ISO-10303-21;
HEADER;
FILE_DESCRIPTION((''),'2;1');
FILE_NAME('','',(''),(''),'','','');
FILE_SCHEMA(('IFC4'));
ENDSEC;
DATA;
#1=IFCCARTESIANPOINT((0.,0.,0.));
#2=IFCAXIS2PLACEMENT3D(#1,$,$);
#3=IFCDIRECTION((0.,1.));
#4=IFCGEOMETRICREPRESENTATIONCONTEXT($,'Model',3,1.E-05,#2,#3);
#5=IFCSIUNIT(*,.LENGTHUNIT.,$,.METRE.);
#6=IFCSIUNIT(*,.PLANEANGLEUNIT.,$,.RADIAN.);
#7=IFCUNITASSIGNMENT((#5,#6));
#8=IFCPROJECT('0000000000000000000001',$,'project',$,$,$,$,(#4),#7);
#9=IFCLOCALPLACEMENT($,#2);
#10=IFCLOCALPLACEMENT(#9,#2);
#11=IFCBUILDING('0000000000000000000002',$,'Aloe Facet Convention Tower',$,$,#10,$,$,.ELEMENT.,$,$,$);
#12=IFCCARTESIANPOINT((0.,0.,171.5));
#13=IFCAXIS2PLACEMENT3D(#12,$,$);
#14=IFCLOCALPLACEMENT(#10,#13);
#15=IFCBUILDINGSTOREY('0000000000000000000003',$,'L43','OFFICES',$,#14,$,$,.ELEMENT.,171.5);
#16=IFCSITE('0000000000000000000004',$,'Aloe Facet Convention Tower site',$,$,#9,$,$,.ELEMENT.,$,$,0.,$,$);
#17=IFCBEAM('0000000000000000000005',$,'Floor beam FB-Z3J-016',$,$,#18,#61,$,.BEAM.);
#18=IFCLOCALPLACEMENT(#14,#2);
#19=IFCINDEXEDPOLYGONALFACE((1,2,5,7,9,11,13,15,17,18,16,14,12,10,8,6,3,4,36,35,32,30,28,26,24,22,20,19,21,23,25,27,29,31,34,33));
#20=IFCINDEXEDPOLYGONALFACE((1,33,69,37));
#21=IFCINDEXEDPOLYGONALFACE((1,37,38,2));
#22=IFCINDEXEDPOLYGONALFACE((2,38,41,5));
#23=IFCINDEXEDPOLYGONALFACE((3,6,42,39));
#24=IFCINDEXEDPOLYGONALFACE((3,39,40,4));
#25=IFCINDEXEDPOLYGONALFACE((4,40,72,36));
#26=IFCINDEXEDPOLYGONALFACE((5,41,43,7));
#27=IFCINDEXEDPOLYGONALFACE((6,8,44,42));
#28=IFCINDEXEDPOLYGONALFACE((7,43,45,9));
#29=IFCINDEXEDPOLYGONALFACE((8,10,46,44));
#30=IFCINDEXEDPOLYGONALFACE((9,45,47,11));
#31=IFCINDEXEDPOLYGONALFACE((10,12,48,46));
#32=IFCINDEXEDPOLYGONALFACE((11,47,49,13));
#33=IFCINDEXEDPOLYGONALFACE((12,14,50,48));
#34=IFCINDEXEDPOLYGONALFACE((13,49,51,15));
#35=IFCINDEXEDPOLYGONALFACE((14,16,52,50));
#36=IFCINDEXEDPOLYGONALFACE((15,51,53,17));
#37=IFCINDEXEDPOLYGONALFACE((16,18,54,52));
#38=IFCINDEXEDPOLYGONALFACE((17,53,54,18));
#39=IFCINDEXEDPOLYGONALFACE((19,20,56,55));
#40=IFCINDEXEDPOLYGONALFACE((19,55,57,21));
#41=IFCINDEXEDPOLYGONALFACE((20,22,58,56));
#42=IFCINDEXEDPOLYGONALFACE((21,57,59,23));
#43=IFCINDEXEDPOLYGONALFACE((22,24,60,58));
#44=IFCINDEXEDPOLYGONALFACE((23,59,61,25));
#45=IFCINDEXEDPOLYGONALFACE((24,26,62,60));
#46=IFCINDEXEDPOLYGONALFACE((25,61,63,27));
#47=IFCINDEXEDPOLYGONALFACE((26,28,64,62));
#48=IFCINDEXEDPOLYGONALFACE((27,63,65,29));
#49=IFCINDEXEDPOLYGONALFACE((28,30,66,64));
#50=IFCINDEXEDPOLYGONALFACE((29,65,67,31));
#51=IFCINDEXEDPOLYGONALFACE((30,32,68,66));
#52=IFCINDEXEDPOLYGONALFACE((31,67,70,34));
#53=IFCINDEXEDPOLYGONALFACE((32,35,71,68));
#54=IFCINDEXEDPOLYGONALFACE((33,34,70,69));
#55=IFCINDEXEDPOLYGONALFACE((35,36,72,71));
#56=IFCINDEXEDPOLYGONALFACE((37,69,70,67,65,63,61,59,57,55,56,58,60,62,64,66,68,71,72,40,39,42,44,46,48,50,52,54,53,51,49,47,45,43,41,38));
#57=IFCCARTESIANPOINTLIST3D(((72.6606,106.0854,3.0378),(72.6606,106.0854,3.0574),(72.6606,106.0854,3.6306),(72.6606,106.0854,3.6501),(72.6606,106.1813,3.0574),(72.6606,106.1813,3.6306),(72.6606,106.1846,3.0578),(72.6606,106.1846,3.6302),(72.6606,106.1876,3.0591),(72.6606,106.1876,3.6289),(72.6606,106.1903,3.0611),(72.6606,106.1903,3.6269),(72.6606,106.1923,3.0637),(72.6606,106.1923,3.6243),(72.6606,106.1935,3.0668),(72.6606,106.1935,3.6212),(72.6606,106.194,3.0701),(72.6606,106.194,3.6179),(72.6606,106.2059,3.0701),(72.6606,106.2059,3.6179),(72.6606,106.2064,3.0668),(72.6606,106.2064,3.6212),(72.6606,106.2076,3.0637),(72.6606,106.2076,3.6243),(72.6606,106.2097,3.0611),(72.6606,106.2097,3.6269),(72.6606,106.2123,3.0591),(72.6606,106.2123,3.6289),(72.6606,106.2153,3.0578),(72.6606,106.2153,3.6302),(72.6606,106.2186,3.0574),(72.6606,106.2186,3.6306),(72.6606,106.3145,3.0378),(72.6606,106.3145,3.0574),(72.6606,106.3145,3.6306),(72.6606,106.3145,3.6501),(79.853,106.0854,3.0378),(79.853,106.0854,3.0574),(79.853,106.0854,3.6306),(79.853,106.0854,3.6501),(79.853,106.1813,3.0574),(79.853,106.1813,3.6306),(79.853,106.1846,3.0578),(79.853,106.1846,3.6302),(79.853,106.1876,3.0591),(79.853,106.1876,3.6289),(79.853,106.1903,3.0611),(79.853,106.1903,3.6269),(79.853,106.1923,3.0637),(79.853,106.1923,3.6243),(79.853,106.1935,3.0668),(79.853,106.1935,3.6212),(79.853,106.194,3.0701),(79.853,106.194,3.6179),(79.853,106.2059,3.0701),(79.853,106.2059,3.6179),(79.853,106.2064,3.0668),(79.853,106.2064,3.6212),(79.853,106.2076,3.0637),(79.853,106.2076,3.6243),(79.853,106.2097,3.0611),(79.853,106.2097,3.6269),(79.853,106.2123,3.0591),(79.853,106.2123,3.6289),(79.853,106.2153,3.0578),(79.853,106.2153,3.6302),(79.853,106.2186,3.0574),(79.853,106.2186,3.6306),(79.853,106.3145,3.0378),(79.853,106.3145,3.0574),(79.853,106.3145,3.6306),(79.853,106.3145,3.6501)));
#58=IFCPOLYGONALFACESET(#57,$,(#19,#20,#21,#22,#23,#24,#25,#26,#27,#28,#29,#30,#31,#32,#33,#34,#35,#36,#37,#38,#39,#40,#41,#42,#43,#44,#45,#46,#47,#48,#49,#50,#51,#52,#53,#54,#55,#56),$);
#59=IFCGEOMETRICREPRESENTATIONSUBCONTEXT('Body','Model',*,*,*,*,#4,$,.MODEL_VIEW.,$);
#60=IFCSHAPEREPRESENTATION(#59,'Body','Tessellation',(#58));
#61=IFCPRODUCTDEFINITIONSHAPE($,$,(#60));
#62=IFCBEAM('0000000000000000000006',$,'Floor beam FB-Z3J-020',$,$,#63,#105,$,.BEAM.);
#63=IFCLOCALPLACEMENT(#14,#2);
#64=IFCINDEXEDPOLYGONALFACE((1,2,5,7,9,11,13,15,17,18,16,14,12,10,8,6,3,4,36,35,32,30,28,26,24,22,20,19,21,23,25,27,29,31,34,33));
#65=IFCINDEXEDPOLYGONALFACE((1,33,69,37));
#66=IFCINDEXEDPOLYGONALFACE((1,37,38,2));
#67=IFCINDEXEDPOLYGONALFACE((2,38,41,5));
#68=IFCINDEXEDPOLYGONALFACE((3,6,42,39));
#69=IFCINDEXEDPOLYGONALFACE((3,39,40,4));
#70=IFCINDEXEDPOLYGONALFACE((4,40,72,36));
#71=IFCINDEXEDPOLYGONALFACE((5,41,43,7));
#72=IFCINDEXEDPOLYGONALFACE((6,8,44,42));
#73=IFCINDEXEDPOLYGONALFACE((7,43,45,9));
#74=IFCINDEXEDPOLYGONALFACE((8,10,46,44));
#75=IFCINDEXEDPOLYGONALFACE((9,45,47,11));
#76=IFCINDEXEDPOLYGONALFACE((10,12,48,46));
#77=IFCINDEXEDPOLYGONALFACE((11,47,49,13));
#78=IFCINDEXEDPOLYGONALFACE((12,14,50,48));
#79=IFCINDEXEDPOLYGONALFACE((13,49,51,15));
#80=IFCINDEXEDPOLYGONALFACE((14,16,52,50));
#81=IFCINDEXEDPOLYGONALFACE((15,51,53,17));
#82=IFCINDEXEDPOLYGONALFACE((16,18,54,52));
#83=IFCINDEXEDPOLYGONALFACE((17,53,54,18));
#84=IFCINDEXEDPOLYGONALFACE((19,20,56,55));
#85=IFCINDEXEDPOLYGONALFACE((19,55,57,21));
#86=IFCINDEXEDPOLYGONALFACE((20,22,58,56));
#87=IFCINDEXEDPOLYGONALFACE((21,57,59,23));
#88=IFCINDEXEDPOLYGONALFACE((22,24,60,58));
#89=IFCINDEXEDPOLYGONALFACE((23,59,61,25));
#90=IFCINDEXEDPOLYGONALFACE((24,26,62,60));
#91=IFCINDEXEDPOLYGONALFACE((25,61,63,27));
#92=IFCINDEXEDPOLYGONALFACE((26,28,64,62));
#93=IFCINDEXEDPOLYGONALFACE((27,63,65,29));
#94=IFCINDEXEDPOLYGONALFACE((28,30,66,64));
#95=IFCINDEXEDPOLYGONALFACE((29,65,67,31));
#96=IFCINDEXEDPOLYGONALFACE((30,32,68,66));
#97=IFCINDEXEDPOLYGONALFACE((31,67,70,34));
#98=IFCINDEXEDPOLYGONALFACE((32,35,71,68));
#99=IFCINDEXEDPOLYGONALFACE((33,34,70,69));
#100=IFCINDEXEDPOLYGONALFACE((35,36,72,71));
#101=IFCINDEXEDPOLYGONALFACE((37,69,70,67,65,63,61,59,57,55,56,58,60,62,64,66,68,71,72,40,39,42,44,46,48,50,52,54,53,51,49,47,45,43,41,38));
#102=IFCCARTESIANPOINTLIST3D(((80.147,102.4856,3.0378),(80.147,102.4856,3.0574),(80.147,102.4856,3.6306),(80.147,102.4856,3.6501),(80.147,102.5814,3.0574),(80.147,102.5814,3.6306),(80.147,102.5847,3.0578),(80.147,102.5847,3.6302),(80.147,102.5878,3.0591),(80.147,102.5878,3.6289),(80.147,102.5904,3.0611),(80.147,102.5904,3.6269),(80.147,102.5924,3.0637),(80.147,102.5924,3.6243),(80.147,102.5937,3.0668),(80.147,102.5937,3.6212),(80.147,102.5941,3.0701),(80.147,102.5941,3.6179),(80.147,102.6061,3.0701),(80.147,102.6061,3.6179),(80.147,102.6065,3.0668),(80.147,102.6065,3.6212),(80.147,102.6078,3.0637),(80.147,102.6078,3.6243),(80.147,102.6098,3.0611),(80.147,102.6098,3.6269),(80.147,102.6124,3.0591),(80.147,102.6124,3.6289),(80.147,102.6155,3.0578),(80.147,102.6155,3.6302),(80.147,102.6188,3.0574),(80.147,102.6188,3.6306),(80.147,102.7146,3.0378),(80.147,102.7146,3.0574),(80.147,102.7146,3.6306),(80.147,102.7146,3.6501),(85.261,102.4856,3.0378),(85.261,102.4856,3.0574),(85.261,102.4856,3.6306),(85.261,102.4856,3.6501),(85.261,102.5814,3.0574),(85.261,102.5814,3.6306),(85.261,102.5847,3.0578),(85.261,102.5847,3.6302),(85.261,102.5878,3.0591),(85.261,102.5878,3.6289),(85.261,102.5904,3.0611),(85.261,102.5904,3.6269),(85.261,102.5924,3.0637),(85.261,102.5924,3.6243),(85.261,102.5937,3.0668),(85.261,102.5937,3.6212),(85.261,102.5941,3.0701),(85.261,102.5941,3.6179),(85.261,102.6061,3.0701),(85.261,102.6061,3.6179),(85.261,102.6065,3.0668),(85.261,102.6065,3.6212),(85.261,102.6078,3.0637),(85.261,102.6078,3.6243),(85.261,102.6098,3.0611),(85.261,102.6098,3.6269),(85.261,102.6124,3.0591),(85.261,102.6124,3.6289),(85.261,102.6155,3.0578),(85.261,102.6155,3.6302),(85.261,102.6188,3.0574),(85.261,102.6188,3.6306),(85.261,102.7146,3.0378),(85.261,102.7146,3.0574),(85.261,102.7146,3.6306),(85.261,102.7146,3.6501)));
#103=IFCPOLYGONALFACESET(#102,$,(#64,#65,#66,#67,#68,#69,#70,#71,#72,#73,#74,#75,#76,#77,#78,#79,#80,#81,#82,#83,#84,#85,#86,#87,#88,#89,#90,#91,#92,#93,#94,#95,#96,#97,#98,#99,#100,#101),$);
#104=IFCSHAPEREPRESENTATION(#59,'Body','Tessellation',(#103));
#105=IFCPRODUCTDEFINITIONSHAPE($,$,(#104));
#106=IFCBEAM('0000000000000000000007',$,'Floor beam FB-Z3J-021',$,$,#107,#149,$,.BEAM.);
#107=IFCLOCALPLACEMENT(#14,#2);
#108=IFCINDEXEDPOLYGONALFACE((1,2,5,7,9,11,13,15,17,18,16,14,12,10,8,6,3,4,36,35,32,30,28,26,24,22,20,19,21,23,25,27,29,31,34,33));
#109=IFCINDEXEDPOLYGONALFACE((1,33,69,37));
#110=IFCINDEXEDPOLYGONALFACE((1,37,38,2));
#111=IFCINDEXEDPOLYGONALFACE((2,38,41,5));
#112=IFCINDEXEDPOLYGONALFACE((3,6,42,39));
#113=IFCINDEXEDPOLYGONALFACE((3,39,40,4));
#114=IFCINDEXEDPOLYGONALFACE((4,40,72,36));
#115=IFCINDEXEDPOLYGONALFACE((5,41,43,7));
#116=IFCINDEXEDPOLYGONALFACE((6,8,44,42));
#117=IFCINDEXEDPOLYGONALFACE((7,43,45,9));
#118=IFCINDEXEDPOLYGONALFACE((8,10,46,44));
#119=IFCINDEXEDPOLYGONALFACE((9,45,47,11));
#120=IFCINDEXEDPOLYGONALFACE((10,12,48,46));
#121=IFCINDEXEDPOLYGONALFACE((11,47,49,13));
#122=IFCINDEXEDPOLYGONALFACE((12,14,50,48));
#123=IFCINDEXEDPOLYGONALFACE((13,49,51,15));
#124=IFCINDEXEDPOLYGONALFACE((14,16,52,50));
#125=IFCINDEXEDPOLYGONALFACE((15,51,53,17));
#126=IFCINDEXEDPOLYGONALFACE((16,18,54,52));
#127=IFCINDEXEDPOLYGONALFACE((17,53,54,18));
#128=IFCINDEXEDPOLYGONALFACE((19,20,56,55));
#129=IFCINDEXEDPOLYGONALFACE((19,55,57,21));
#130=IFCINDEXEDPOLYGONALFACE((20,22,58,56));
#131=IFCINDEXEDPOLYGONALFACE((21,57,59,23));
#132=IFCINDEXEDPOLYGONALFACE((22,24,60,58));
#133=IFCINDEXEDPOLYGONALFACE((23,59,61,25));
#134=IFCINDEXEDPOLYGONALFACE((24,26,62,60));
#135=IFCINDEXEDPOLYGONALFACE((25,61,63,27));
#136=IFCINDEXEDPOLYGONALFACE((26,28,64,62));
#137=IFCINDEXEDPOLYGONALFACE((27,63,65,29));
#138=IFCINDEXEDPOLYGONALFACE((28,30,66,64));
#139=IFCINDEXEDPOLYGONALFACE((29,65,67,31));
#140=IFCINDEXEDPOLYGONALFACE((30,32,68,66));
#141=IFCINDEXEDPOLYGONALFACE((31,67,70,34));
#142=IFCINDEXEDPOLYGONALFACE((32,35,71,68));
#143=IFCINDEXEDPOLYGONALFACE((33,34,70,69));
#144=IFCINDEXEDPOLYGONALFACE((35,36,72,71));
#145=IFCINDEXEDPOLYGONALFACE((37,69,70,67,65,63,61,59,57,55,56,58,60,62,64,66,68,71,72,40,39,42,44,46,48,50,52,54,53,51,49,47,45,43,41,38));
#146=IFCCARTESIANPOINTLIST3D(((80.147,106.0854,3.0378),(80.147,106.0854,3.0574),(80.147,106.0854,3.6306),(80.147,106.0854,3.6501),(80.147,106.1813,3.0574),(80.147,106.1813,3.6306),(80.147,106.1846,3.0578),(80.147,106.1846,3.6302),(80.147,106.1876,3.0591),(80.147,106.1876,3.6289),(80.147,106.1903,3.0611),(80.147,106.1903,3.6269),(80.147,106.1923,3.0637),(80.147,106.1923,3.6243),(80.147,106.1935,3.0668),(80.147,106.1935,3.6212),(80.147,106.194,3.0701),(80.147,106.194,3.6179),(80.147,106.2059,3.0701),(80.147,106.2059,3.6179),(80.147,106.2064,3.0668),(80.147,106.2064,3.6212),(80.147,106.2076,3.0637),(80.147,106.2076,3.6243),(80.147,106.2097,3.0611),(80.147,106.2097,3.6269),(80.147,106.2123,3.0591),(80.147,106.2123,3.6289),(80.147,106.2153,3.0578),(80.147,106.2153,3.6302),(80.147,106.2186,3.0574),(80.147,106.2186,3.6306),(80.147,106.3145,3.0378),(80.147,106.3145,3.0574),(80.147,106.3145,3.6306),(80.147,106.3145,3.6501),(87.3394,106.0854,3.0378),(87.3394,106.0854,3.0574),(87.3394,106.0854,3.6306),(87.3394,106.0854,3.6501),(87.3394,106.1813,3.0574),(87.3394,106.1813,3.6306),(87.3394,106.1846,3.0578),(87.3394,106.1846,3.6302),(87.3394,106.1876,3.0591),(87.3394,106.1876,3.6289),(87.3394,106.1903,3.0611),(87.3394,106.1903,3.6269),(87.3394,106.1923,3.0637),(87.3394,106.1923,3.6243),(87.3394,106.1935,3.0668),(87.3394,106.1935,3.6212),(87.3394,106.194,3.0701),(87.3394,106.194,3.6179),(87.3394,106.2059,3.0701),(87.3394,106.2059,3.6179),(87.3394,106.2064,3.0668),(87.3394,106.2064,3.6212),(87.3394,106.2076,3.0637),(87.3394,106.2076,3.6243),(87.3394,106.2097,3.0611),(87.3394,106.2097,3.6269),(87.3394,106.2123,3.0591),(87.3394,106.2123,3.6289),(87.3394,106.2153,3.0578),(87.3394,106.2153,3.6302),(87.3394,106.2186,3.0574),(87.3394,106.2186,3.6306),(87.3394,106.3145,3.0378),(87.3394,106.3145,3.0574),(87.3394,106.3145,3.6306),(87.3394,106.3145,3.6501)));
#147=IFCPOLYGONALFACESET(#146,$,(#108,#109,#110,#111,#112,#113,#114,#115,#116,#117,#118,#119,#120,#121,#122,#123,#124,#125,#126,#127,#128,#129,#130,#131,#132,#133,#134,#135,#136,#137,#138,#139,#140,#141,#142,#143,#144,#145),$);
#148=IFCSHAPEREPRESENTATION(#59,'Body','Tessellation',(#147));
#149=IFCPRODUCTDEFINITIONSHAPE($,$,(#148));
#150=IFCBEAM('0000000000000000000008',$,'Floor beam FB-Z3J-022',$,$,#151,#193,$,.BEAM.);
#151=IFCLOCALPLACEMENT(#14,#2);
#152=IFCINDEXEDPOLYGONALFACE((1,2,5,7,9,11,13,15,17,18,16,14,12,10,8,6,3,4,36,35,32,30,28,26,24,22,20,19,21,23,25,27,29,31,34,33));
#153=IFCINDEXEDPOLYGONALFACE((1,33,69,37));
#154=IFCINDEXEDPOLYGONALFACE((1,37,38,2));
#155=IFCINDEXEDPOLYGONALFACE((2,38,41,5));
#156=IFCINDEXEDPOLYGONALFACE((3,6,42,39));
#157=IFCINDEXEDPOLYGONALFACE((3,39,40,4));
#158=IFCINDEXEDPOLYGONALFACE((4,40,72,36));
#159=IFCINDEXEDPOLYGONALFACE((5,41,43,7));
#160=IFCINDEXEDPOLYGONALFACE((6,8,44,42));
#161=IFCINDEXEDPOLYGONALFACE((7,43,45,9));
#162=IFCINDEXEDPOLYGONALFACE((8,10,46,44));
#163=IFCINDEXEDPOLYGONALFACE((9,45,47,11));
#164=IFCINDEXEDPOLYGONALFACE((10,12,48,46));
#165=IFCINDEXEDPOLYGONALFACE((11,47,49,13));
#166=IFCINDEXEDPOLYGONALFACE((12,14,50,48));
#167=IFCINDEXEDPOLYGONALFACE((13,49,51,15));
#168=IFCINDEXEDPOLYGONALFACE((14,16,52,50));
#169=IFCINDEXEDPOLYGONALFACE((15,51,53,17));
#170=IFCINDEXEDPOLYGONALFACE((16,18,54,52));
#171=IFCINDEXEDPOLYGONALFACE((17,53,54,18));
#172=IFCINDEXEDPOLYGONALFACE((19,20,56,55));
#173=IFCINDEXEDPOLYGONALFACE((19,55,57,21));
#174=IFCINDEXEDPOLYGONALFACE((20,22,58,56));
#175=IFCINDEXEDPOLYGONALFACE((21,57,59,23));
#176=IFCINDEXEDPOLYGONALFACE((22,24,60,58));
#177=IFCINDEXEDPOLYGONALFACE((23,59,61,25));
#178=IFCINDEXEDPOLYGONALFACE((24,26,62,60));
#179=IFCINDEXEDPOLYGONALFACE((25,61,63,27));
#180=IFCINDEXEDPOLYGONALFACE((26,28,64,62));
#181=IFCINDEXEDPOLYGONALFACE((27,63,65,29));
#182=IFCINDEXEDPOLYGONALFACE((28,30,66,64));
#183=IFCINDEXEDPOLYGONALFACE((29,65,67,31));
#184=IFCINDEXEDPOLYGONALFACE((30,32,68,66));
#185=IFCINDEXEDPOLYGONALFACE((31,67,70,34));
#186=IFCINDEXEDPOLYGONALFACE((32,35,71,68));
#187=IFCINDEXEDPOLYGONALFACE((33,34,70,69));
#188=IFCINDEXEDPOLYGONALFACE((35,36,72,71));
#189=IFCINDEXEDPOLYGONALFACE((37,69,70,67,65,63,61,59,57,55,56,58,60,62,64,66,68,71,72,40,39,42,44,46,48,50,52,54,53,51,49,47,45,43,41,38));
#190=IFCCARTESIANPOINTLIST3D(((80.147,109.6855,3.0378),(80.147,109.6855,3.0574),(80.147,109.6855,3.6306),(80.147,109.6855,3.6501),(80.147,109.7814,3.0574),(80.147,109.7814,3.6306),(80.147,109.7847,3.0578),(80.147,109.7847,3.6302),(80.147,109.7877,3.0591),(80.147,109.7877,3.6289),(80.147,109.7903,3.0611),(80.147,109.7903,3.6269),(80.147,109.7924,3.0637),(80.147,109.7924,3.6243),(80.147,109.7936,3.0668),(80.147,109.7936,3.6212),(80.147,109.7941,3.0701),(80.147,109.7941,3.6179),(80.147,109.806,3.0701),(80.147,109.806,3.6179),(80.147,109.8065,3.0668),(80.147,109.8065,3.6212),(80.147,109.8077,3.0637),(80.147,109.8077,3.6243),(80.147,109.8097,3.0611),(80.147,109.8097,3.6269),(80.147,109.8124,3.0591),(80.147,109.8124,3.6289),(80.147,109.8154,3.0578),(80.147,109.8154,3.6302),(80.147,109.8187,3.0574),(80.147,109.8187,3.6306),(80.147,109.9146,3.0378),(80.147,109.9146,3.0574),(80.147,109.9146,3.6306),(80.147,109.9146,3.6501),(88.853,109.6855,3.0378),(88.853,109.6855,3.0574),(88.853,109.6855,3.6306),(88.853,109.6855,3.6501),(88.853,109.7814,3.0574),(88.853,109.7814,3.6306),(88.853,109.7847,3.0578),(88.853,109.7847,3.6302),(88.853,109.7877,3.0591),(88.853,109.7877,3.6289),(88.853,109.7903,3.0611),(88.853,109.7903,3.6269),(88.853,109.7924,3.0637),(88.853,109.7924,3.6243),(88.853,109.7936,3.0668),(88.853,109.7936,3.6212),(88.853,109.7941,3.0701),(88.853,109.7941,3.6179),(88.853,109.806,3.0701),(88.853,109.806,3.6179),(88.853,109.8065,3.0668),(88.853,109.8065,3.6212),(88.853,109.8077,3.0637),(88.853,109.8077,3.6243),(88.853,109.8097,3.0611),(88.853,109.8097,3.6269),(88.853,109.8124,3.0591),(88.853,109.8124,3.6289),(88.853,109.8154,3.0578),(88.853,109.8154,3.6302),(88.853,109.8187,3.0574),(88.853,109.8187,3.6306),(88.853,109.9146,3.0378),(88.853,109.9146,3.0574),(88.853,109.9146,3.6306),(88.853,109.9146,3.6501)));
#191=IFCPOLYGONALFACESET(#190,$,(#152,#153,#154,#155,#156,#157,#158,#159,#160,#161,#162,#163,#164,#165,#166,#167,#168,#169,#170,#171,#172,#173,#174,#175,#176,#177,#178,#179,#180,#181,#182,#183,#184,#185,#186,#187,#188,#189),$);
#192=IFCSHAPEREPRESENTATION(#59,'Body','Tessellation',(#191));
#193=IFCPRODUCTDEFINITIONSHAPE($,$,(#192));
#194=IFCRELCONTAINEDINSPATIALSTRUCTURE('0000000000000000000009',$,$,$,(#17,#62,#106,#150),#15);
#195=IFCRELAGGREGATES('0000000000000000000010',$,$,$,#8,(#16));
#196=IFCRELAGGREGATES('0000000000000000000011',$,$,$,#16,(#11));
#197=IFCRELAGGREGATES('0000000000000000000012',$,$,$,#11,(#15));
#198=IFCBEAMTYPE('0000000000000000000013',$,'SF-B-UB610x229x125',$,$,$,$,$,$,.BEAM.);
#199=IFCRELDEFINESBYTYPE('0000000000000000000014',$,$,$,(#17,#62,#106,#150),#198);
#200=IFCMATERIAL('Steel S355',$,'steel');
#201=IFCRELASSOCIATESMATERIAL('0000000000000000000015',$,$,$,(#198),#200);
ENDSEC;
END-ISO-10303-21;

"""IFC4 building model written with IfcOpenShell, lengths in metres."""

from ifc_helpers import new_model, si_unit, direction, frame, origin, origin_2d, place, context, subcontext, project, spatial, i_section, extrude, material, material_profile, profile_set, type_object, element, save


model = new_model("IFC4")

# Units and contexts
model_context = context("Model", 3, precision=1e-05, world=origin(), true_north=direction((0.0, 1.0)))
body_context = subcontext(model_context, "Body", "Model", "MODEL_VIEW")
ifc_project = project(units=[si_unit("LENGTHUNIT", "METRE"), si_unit("PLANEANGLEUNIT", "RADIAN")], contexts=[model_context])

# Site, building, storey
site_placement = place(None, origin())
site = spatial("IfcSite", under=ifc_project, at=site_placement, Name="Aloe Facet Convention Tower site", CompositionType="ELEMENT", RefElevation=0.0)
building_placement = place(site_placement, origin())
building = spatial("IfcBuilding", under=site, at=building_placement, Name="Aloe Facet Convention Tower", CompositionType="ELEMENT")
storey_placement = place(building_placement, frame((0.0, 0.0, 171.5)))
storey = spatial("IfcBuildingStorey", under=building, at=storey_placement, Name="L43", Description="OFFICES", CompositionType="ELEMENT", Elevation=171.5)

# Beams
ifc_material_1 = material(Name="Steel S355", Category="steel")
ifc_material_profile_1 = material_profile(ifc_material_1, i_section(OverallWidth=0.229, OverallDepth=0.6123, WebThickness=0.012, FlangeThickness=0.0195, FilletRadius=0.0127, at=origin_2d()), Name="UB 610x229x125")
ifc_profile_set_1 = profile_set([ifc_material_profile_1], Name="Steel S355")
beam_type_1 = type_object("IfcBeamType", Name="SF-B-UB610x229x125", PredefinedType="BEAM", material=ifc_profile_set_1)
beam_1_placement = place(storey_placement, frame((72.6606, 106.2, 3.344), z_axis=(1.0, 0.0, 0.0), x_axis=(0.0, 1.0, 0.0)))
element("IfcBeam", 1, at=beam_1_placement, inside=storey, type_object=beam_type_1, Name="Floor beam FB-Z3J-016", PredefinedType="BEAM", context=body_context, shape_type="SweptSolid", body=[
    extrude(i_section(OverallWidth=0.229, OverallDepth=0.6123, WebThickness=0.012, FlangeThickness=0.0195, FilletRadius=0.0127, at=origin_2d()), origin(), (0.0, 0.0, 1.0), 7.1924),
])
beam_2_placement = place(storey_placement, frame((80.147, 102.6001, 3.344), z_axis=(1.0, 0.0, 0.0), x_axis=(0.0, 1.0, 0.0)))
element("IfcBeam", 2, at=beam_2_placement, inside=storey, type_object=beam_type_1, Name="Floor beam FB-Z3J-020", PredefinedType="BEAM", context=body_context, shape_type="SweptSolid", body=[
    extrude(i_section(OverallWidth=0.229, OverallDepth=0.6123, WebThickness=0.012, FlangeThickness=0.0195, FilletRadius=0.0127, at=origin_2d()), origin(), (0.0, 0.0, 1.0), 5.114),
])
beam_3_placement = place(storey_placement, frame((80.147, 106.2, 3.344), z_axis=(1.0, 0.0, 0.0), x_axis=(0.0, 1.0, 0.0)))
element("IfcBeam", 3, at=beam_3_placement, inside=storey, type_object=beam_type_1, Name="Floor beam FB-Z3J-021", PredefinedType="BEAM", context=body_context, shape_type="SweptSolid", body=[
    extrude(i_section(OverallWidth=0.229, OverallDepth=0.6123, WebThickness=0.012, FlangeThickness=0.0195, FilletRadius=0.0127, at=origin_2d()), origin(), (0.0, 0.0, 1.0), 7.1924),
])
for number, where, z_axis, x_axis, name in (
    (4, (80.147, 109.8, 3.344), (1.0, 0.0, 0.0), (0.0, 1.0, 0.0), "Floor beam FB-Z3J-022"),
):
    element("IfcBeam", number, at=place(storey_placement, frame(where, z_axis=z_axis, x_axis=x_axis)), inside=storey, type_object=beam_type_1, Name=name, PredefinedType="BEAM", context=body_context, shape_type="SweptSolid", body=[
        extrude(i_section(OverallWidth=0.229, OverallDepth=0.6123, WebThickness=0.012, FlangeThickness=0.0195, FilletRadius=0.0127, at=origin_2d()), origin(), (0.0, 0.0, 1.0), 8.7061),
    ])

save(model, "model.ifc")
